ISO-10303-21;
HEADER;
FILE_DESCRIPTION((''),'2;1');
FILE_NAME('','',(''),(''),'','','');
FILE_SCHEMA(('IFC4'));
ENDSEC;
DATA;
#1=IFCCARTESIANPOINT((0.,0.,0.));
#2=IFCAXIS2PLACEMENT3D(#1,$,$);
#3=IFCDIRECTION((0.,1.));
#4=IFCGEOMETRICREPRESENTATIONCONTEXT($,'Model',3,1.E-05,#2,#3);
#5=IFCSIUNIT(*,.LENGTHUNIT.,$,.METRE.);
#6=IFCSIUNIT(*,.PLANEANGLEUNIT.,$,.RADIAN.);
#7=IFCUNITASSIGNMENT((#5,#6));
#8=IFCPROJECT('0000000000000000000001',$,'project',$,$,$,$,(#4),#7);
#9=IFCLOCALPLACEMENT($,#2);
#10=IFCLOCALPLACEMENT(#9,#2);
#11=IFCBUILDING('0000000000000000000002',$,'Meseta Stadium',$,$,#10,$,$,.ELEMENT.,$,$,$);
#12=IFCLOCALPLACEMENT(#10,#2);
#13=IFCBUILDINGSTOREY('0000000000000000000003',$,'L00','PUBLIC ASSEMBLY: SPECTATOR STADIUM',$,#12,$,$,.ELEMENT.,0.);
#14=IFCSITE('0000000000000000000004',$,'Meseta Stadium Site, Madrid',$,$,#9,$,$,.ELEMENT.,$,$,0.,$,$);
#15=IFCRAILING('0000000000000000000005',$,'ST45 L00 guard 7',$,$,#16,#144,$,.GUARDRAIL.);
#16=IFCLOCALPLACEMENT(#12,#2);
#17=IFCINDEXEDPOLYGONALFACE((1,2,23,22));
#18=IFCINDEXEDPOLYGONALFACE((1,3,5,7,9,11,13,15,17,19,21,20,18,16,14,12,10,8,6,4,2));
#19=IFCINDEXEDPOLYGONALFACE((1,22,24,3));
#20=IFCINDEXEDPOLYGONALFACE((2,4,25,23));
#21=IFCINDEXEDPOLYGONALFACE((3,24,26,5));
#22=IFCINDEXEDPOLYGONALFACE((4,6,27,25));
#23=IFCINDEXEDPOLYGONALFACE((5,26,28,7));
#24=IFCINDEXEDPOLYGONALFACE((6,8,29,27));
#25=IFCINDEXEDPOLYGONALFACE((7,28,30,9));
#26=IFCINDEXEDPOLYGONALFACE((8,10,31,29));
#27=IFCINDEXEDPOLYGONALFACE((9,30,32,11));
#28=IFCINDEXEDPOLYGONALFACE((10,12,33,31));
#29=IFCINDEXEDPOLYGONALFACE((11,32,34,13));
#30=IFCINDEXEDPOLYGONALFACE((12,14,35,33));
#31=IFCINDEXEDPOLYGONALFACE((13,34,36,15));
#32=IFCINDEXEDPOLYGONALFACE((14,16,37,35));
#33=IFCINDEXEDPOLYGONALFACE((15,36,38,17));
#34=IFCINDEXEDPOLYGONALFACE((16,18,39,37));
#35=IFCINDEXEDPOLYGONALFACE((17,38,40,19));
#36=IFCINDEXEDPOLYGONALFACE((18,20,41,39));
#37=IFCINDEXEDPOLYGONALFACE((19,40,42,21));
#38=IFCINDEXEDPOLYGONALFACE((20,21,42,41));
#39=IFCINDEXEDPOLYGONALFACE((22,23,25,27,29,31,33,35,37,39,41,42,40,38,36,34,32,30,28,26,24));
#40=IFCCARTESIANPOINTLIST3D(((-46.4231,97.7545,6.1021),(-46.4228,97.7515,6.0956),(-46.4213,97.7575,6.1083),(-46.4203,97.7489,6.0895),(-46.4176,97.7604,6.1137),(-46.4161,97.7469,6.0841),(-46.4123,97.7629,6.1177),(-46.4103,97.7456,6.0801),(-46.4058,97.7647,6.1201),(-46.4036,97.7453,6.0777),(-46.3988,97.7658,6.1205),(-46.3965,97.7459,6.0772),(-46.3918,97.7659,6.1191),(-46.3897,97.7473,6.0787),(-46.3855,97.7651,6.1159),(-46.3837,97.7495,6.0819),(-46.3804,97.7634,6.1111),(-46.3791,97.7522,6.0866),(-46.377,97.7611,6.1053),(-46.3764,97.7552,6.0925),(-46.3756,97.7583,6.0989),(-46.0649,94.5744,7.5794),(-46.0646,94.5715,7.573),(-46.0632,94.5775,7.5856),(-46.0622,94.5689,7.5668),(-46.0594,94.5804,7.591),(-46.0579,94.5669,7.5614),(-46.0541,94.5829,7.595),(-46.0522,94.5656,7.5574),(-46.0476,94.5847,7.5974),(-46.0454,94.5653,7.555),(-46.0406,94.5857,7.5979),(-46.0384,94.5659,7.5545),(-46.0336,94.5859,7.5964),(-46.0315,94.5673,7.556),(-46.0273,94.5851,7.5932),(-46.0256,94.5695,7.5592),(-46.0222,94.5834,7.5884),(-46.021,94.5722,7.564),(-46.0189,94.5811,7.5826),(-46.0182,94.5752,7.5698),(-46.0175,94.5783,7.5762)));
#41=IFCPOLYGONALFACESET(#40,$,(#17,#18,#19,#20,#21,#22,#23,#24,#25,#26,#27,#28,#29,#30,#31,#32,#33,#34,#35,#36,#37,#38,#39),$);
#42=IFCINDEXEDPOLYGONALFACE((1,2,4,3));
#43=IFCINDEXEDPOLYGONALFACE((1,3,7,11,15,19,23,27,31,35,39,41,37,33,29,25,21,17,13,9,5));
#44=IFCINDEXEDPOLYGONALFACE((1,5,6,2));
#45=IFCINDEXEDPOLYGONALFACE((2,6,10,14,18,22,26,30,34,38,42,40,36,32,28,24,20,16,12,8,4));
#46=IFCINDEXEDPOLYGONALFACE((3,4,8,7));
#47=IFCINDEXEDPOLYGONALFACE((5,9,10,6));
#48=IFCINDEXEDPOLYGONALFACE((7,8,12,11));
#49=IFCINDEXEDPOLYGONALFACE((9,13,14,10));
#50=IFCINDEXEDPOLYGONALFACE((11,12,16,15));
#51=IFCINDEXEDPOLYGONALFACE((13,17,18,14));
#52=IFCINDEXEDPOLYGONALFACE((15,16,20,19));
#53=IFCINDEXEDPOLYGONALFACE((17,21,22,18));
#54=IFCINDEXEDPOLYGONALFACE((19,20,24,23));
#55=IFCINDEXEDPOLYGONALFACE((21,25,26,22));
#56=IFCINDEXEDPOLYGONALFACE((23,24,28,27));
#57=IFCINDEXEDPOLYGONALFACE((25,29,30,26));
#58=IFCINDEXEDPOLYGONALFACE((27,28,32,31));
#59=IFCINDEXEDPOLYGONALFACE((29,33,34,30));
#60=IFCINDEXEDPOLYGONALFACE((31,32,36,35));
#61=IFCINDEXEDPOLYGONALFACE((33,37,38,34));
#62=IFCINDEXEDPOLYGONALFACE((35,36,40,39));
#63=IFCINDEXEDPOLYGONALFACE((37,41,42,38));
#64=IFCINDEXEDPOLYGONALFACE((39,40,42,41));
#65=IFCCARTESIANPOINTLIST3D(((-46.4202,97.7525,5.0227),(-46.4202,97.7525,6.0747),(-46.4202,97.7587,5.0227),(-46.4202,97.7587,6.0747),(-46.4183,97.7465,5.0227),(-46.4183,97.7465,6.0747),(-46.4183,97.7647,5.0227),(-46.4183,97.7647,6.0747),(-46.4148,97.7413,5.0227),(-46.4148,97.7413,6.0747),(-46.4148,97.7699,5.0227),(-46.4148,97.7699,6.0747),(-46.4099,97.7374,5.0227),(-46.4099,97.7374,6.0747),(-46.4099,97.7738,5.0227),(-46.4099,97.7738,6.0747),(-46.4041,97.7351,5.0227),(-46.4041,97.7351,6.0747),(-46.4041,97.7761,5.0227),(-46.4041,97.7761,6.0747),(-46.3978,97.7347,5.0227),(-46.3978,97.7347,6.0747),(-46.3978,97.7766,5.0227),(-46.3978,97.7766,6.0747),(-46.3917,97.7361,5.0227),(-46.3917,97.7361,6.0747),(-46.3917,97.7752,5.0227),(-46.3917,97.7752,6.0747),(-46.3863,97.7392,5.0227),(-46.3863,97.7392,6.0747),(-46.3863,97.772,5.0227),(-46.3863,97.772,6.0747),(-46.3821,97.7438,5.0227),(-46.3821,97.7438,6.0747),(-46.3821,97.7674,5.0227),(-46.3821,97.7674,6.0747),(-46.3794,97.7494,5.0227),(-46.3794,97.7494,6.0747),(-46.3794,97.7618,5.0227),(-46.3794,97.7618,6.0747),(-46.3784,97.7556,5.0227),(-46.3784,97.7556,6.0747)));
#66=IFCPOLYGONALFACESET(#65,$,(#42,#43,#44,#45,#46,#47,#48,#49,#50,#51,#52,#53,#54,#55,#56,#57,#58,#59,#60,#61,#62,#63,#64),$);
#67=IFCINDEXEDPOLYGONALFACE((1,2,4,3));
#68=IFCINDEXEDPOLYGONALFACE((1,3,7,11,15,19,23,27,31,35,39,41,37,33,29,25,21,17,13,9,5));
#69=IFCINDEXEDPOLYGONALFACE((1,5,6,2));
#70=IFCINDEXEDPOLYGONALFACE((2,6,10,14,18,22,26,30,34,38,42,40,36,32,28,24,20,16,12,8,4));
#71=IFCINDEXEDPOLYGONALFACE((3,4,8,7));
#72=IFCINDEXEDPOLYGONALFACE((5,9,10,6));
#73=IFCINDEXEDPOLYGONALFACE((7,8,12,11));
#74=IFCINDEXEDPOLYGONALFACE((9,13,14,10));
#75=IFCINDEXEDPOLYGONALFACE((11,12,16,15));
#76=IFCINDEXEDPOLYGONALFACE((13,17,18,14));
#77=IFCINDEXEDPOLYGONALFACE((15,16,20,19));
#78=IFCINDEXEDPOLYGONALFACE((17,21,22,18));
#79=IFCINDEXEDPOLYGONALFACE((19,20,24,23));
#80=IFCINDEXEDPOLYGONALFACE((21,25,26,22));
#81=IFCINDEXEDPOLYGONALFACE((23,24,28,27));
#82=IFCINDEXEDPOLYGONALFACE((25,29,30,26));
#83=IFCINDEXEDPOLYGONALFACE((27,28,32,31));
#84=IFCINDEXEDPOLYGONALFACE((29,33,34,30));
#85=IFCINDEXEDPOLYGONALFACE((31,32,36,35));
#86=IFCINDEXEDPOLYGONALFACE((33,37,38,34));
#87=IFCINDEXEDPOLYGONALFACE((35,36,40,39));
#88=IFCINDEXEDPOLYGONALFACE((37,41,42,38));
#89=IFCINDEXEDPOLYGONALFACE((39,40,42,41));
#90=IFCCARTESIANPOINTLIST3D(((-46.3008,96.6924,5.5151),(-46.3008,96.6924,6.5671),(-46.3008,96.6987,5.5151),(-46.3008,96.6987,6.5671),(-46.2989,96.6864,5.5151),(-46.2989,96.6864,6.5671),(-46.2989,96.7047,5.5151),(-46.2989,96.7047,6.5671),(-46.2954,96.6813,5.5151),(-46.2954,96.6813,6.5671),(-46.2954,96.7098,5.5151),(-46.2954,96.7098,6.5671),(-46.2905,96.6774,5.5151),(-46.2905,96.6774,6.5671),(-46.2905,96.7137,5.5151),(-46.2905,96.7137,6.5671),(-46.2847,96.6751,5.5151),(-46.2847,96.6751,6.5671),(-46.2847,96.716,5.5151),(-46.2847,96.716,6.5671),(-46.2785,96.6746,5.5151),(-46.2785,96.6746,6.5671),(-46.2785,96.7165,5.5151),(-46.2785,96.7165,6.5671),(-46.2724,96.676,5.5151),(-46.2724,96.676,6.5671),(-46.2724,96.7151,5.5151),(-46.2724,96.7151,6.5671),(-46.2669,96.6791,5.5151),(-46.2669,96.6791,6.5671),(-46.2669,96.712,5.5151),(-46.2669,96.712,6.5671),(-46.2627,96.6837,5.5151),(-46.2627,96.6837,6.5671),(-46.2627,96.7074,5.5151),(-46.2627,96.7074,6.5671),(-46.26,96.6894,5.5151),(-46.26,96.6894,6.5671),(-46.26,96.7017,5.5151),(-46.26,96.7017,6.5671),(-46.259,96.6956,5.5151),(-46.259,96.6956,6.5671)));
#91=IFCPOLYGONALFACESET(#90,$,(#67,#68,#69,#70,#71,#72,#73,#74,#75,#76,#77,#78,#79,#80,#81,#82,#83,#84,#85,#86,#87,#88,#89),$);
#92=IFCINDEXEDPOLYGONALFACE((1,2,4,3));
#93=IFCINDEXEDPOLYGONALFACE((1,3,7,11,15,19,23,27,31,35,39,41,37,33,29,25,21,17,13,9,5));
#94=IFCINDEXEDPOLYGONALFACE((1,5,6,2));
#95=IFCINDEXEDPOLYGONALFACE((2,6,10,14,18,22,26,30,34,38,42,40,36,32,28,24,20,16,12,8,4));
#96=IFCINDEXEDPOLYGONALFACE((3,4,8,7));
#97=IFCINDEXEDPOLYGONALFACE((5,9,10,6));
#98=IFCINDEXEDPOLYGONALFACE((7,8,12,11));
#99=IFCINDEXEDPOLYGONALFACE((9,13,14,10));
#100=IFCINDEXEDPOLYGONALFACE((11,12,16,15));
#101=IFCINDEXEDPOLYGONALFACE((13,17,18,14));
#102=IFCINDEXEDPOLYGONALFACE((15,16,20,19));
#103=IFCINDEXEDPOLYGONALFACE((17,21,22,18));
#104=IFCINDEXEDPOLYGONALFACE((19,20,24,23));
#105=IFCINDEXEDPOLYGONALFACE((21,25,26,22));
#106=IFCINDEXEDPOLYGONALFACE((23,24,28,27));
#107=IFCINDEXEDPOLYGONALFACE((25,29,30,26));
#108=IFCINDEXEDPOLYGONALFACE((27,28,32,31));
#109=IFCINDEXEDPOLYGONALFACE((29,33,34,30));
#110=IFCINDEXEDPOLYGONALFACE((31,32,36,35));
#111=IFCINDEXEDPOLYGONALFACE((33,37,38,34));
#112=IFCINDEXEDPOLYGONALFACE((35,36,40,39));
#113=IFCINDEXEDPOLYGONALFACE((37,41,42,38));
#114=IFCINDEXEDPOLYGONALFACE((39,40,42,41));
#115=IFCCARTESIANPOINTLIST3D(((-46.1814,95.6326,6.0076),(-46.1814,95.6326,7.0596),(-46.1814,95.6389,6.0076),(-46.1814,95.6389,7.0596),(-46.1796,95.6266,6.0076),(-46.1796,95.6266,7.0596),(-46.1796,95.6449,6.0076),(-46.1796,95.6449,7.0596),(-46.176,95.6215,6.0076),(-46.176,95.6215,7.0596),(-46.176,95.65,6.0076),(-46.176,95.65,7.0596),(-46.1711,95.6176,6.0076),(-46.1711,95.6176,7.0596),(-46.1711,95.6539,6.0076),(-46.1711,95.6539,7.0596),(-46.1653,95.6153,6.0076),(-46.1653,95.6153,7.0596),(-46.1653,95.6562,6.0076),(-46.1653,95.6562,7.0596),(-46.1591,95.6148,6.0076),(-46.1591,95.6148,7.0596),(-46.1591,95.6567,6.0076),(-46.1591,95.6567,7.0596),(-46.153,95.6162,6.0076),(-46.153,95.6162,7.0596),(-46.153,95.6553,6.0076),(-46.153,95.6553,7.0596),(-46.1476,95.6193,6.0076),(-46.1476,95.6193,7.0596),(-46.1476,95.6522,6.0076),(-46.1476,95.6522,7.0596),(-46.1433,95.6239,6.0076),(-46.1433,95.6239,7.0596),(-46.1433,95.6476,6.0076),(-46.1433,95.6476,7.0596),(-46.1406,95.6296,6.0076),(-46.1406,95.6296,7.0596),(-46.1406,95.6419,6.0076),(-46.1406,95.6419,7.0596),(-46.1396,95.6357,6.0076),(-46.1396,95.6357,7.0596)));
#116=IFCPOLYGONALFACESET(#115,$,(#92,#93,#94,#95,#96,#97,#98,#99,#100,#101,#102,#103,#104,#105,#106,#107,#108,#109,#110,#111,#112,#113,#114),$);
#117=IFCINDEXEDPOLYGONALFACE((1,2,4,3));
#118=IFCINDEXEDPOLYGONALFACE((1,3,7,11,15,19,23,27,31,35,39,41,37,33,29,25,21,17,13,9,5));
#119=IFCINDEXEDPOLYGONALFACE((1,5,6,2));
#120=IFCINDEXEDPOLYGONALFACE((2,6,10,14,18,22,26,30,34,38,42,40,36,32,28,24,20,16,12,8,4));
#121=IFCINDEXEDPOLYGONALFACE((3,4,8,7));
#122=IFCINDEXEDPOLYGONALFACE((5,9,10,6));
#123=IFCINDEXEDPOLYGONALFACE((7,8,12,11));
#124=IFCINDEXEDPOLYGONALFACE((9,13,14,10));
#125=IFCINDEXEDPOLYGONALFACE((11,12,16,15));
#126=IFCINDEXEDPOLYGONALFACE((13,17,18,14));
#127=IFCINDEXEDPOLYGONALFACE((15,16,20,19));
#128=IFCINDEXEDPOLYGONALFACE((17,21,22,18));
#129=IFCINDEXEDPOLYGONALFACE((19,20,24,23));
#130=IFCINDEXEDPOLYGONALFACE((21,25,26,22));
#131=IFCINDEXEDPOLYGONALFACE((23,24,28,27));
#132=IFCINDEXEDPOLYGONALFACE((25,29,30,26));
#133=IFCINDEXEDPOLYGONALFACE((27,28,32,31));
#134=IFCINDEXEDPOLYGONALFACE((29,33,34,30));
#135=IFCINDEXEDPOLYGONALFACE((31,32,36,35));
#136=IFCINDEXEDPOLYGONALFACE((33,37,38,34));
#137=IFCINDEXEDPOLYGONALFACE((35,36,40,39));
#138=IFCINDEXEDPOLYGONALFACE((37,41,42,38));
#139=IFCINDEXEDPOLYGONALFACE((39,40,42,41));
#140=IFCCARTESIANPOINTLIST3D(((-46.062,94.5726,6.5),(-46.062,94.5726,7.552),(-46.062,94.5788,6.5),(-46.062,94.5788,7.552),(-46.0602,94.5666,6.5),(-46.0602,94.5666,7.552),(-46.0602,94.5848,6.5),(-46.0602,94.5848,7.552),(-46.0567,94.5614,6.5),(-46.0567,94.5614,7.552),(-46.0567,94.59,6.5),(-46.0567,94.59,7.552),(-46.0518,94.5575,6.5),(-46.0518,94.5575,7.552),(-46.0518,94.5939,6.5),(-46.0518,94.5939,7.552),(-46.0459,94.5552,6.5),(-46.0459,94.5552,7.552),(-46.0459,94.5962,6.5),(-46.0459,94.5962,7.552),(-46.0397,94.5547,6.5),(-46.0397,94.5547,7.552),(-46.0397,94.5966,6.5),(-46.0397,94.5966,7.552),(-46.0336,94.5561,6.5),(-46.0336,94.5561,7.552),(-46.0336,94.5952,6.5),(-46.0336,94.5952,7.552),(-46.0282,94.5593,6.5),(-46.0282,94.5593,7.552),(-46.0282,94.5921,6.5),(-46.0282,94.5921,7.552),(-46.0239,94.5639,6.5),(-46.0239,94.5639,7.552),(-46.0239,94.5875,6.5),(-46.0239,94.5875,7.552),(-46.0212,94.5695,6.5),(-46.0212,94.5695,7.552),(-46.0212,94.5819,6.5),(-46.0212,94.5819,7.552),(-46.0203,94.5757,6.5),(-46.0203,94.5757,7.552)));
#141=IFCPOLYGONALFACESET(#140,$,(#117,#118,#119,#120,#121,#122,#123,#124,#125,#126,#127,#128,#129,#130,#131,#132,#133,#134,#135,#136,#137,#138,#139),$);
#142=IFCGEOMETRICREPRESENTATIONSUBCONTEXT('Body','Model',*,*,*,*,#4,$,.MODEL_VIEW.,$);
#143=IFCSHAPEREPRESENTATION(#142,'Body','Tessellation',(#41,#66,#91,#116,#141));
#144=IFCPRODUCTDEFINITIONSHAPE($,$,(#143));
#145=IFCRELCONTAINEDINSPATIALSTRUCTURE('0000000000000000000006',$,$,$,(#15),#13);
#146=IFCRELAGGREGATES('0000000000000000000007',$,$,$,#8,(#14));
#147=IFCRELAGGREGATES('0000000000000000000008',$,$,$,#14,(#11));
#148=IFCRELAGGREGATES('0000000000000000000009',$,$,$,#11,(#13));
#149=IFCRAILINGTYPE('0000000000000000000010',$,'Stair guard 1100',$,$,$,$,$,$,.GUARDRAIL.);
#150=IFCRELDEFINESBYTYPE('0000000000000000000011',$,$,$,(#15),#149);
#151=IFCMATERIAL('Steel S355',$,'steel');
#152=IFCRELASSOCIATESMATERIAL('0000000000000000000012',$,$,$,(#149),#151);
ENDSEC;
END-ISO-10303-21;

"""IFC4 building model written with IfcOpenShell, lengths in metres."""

from ifc_helpers import new_model, si_unit, direction, frame, origin, origin_2d, place, context, subcontext, project, spatial, circle, extrude, material, type_object, element, save


model = new_model("IFC4")

# Units and contexts
model_context = context("Model", 3, precision=1e-05, world=origin(), true_north=direction((0.0, 1.0)))
body_context = subcontext(model_context, "Body", "Model", "MODEL_VIEW")
ifc_project = project(units=[si_unit("LENGTHUNIT", "METRE"), si_unit("PLANEANGLEUNIT", "RADIAN")], contexts=[model_context])

# Site, building, storey
site_placement = place(None, origin())
site = spatial("IfcSite", under=ifc_project, at=site_placement, Name="Meseta Stadium Site, Madrid", CompositionType="ELEMENT", RefElevation=0.0)
building_placement = place(site_placement, origin())
building = spatial("IfcBuilding", under=site, at=building_placement, Name="Meseta Stadium", CompositionType="ELEMENT")
storey_placement = place(building_placement, origin())
storey = spatial("IfcBuildingStorey", under=building, at=storey_placement, Name="L00", Description="PUBLIC ASSEMBLY: SPECTATOR STADIUM", CompositionType="ELEMENT", Elevation=0.0)

# Railing
ifc_material_1 = material(Name="Steel S355", Category="steel")
railing_type = type_object("IfcRailingType", Name="Stair guard 1100", PredefinedType="GUARDRAIL", material=ifc_material_1)
railing_1_placement = place(storey_placement, frame((-46.3994, 97.7556, 5.0227)))
element("IfcRailing", 1, at=railing_1_placement, inside=storey, type_object=railing_type, Name="ST45 L00 guard 7", PredefinedType="GUARDRAIL", context=body_context, shape_type="SweptSolid", body=[
    extrude(circle(Radius=0.0239, at=origin_2d()), frame((0.0, 0.0, 1.0762), z_axis=(0.101616, -0.902217, 0.419141), x_axis=(0.993717, 0.111922, 0.0)), (0.0, 0.0, 1.0), 3.5247),
    extrude(circle(Radius=0.021, at=origin_2d()), origin(), (0.0, 0.0, 1.0), 1.052),
    extrude(circle(Radius=0.021, at=origin_2d()), frame((0.1194, -1.0601, 0.4924)), (0.0, 0.0, 1.0), 1.052),
    extrude(circle(Radius=0.021, at=origin_2d()), frame((0.2388, -2.1199, 0.9849)), (0.0, 0.0, 1.0), 1.052),
    extrude(circle(Radius=0.021, at=origin_2d()), frame((0.3582, -3.1799, 1.4773)), (0.0, 0.0, 1.0), 1.052),
])

save(model, "model.ifc")
